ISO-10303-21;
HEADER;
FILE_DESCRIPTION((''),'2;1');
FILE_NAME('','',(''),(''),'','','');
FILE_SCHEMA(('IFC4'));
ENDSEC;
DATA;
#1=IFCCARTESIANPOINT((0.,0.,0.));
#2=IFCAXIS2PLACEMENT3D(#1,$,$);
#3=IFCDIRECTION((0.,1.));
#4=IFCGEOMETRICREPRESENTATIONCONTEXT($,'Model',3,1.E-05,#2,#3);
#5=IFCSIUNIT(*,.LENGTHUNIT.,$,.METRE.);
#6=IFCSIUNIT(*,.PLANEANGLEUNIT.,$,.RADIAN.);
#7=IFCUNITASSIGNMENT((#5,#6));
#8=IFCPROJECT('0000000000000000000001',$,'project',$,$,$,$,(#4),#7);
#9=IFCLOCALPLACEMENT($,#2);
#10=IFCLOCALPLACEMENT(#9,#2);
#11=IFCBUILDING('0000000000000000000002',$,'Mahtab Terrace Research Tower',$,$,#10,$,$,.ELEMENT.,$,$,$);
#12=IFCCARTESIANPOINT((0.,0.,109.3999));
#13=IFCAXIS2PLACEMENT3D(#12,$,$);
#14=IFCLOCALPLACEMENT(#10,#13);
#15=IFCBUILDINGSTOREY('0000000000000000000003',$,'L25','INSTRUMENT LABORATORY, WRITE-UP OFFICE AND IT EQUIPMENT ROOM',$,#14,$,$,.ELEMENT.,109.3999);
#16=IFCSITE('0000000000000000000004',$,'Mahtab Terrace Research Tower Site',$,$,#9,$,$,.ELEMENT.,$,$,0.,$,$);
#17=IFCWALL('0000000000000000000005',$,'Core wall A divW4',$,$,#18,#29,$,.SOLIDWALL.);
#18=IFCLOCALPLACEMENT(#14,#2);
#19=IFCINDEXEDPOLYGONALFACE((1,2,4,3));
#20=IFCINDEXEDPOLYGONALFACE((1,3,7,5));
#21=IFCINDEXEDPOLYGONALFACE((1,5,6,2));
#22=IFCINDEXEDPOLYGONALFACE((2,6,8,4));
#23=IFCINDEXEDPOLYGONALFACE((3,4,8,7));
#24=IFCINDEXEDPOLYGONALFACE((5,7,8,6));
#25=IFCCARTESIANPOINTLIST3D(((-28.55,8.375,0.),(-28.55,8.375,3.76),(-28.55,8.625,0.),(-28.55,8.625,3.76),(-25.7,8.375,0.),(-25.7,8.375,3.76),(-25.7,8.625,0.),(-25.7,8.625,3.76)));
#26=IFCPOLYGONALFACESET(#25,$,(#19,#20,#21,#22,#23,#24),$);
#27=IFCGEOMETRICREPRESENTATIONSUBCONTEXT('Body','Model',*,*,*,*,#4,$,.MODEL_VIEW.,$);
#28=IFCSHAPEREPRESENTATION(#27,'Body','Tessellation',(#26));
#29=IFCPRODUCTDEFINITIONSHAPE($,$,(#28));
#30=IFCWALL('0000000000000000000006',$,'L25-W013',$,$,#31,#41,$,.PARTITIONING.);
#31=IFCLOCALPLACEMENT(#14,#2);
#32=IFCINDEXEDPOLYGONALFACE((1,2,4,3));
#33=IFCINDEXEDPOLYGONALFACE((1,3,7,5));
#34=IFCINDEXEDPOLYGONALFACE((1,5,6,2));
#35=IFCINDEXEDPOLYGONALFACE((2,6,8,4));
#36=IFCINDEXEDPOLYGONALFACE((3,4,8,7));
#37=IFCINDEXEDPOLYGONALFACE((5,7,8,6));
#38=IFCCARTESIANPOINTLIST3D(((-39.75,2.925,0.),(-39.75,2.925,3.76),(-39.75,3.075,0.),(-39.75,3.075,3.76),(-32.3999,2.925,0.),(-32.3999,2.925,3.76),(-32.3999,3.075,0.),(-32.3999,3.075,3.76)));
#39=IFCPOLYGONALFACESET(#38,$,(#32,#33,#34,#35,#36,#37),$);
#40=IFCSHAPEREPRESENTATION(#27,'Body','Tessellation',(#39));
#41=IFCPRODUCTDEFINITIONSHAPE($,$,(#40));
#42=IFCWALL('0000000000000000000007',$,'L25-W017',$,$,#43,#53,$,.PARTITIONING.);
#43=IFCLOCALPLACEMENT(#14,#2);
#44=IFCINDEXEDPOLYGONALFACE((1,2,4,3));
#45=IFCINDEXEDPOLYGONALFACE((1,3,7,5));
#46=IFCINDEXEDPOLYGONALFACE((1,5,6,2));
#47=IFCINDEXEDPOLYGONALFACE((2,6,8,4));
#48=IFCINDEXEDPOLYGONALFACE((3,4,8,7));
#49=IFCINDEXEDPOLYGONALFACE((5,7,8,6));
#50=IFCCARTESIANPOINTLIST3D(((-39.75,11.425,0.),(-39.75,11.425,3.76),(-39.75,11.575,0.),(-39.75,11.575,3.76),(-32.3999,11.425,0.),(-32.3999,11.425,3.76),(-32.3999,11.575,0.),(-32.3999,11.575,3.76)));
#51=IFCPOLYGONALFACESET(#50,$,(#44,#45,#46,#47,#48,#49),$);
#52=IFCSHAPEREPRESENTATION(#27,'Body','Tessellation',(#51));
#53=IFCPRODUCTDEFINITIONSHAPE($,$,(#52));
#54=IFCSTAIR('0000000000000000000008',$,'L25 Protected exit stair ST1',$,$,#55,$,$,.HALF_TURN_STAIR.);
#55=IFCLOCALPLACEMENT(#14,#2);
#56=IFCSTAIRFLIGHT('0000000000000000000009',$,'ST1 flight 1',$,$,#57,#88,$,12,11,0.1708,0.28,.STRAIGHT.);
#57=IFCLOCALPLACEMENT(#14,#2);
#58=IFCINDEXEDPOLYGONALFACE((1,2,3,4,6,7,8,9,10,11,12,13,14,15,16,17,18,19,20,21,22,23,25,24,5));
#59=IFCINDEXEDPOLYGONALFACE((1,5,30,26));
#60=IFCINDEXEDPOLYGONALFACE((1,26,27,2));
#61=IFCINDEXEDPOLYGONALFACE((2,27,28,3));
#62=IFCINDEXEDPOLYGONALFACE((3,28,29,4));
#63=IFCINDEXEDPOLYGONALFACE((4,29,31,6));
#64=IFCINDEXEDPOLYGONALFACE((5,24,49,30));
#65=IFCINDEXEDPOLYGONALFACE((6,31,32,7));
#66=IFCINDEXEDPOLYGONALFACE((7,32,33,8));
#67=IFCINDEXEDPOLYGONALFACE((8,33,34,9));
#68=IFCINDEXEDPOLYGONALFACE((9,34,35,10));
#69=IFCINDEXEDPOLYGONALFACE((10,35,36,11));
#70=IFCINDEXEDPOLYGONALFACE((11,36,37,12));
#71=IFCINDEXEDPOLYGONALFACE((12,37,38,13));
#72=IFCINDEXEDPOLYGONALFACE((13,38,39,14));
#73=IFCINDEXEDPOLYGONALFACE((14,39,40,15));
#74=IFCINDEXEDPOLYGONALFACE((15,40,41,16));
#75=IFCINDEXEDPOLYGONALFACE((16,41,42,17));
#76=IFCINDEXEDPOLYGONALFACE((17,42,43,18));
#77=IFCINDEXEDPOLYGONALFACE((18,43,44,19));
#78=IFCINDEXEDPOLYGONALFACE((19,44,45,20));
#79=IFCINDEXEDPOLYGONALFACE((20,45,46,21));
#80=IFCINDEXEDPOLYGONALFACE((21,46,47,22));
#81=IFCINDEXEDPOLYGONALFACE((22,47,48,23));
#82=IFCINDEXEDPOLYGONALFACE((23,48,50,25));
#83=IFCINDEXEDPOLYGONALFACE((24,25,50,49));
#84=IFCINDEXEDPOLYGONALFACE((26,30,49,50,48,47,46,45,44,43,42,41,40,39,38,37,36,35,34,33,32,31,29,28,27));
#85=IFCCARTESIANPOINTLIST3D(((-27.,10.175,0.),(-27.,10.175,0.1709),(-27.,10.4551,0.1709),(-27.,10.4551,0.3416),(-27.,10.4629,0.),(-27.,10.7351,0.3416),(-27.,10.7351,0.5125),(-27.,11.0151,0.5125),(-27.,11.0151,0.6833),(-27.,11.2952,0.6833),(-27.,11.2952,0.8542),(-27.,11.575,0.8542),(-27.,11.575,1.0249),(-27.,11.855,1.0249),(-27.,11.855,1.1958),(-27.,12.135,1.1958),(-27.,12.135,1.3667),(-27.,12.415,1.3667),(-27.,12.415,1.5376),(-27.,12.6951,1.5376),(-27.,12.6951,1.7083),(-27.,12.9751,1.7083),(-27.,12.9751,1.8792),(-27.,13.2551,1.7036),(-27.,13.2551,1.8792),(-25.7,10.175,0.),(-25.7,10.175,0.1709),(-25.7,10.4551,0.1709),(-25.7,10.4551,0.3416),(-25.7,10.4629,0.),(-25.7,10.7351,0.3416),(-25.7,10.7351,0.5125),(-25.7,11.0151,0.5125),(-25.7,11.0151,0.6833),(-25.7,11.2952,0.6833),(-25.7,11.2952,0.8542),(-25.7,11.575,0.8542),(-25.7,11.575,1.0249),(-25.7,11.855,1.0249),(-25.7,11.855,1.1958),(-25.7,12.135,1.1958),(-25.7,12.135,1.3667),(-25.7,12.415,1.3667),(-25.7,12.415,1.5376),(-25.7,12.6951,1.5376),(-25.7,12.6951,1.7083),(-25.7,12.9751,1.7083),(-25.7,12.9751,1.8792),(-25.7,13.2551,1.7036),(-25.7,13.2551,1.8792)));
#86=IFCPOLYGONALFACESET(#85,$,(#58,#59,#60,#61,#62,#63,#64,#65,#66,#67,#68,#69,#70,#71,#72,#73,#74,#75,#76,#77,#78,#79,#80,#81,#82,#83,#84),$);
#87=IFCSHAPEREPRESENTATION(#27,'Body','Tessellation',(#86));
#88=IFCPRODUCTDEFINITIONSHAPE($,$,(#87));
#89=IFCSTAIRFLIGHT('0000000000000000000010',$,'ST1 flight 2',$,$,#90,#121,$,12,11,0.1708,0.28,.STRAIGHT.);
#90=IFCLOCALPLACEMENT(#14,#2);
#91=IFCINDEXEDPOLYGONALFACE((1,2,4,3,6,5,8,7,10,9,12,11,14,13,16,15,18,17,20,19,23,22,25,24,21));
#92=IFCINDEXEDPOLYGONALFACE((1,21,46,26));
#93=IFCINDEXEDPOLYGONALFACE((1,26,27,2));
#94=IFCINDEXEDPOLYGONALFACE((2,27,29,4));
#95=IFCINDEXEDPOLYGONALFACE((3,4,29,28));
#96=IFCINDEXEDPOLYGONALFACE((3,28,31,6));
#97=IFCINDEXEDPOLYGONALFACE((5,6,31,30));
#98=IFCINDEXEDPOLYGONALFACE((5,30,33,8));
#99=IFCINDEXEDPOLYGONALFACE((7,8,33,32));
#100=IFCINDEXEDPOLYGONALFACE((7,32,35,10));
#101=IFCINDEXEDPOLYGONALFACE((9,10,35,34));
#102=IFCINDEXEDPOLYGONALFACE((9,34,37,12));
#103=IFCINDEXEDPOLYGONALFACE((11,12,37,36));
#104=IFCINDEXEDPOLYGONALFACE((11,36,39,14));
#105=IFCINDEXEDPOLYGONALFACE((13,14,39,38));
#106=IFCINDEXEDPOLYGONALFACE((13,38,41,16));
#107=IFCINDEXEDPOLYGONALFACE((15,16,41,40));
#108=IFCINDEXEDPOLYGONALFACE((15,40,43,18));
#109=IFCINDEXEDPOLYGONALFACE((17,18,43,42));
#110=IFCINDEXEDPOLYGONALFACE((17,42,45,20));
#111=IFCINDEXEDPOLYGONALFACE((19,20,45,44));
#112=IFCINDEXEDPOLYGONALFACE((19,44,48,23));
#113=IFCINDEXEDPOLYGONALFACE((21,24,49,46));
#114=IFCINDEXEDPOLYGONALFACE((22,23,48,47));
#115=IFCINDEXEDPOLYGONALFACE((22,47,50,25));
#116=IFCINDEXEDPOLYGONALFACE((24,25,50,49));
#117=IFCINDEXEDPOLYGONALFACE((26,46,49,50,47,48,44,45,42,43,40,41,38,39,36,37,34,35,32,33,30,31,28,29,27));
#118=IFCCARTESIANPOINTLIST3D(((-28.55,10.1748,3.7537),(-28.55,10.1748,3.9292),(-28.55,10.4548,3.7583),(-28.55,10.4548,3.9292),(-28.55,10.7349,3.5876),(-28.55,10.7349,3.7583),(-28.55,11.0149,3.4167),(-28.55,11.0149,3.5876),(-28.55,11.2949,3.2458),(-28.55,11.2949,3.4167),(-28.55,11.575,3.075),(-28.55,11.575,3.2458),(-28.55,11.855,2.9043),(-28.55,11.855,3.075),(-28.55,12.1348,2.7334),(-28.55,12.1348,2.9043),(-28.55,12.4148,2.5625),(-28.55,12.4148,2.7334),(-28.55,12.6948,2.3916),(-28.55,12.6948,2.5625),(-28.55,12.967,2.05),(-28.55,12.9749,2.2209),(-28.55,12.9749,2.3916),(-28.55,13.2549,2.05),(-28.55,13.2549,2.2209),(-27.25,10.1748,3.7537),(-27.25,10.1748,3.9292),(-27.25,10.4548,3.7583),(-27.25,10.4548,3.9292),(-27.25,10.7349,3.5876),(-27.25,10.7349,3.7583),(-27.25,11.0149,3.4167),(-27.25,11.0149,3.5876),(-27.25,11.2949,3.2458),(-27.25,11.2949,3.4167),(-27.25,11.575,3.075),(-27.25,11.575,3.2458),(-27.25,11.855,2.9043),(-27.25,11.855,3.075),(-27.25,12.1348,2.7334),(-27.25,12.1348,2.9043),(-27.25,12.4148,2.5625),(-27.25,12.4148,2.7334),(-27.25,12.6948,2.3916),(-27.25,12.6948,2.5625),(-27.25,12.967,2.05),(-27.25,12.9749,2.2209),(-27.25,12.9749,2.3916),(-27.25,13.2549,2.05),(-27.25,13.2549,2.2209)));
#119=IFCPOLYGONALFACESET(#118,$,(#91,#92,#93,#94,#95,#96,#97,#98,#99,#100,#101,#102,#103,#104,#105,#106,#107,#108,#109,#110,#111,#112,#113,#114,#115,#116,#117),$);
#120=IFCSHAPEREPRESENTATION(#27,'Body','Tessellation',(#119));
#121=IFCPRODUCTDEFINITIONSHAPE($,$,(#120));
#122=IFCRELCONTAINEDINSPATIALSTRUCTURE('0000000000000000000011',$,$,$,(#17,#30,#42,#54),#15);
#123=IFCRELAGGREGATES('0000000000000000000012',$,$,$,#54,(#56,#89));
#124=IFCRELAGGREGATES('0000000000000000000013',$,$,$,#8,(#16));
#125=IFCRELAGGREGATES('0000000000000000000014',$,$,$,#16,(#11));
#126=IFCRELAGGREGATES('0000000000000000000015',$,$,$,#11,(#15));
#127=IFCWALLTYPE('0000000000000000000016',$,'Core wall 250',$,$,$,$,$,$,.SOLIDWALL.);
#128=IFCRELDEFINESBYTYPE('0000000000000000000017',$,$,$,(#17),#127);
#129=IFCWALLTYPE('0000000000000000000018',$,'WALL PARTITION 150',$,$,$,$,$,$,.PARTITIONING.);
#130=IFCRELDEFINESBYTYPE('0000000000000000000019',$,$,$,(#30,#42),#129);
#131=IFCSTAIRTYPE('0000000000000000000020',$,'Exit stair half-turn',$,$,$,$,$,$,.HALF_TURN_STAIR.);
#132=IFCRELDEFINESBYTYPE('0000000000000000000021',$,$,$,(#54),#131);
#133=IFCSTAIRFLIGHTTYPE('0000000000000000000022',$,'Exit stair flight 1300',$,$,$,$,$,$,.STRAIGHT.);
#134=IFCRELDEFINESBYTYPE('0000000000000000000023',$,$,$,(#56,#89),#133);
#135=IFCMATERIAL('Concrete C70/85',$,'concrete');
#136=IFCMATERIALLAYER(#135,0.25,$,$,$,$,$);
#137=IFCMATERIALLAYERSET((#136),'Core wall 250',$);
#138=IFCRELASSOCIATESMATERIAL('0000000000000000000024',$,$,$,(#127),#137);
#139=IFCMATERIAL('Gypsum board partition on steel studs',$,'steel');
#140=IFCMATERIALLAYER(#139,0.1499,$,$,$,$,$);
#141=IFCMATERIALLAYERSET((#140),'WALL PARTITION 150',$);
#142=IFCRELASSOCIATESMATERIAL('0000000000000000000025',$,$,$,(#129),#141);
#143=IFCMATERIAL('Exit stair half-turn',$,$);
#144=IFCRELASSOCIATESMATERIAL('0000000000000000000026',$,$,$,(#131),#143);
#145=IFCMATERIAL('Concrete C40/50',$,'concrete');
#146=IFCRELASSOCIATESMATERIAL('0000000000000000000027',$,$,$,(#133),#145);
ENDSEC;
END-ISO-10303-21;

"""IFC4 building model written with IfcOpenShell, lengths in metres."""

from ifc_helpers import new_model, si_unit, direction, frame, frame_2d, origin, place, context, subcontext, project, spatial, polyline, rectangle, outline, extrude, material, layer, layer_set, type_object, element, aggregate, save


model = new_model("IFC4")

# Units and contexts
model_context = context("Model", 3, precision=1e-05, world=origin(), true_north=direction((0.0, 1.0)))
body_context = subcontext(model_context, "Body", "Model", "MODEL_VIEW")
ifc_project = project(units=[si_unit("LENGTHUNIT", "METRE"), si_unit("PLANEANGLEUNIT", "RADIAN")], contexts=[model_context])

# Site, building, storey
site_placement = place(None, origin())
site = spatial("IfcSite", under=ifc_project, at=site_placement, Name="Mahtab Terrace Research Tower Site", CompositionType="ELEMENT", RefElevation=0.0)
building_placement = place(site_placement, origin())
building = spatial("IfcBuilding", under=site, at=building_placement, Name="Mahtab Terrace Research Tower", CompositionType="ELEMENT")
storey_placement = place(building_placement, frame((0.0, 0.0, 109.3999)))
storey = spatial("IfcBuildingStorey", under=building, at=storey_placement, Name="L25", Description="INSTRUMENT LABORATORY, WRITE-UP OFFICE AND IT EQUIPMENT ROOM", CompositionType="ELEMENT", Elevation=109.3999)

# Shared definitions
ifc_material_1 = material(Name="Concrete C70/85", Category="concrete")

# Walls
ifc_layer_1 = layer(ifc_material_1, 0.25)
ifc_layer_set_1 = layer_set([ifc_layer_1], Name="Core wall 250")
wall_type_1 = type_object("IfcWallType", Name="Core wall 250", PredefinedType="SOLIDWALL", material=ifc_layer_set_1)
for number, where, z_axis, x_axis, name in (
    (1, (-28.55, 8.5, 0.0), (0.0, 0.0, 1.0), (1.0, 0.0, 0.0), "Core wall A divW4"),
):
    element("IfcWall", number, at=place(storey_placement, frame(where, z_axis=z_axis, x_axis=x_axis)), inside=storey, type_object=wall_type_1, Name=name, PredefinedType="SOLIDWALL", context=body_context, shape_type="SweptSolid", body=[
        extrude(rectangle(XDim=2.8501, YDim=0.25, at=frame_2d((1.425, 0.0))), origin(), (0.0, 0.0, 1.0), 3.76),
    ])
ifc_material_2 = material(Name="Gypsum board partition on steel studs", Category="steel")
ifc_layer_2 = layer(ifc_material_2, 0.1499)
ifc_layer_set_2 = layer_set([ifc_layer_2], Name="WALL PARTITION 150")
wall_type_2 = type_object("IfcWallType", Name="WALL PARTITION 150", PredefinedType="PARTITIONING", material=ifc_layer_set_2)
for number, where, z_axis, x_axis, name in (
    (2, (-39.75, 3.0, 0.0), (0.0, 0.0, 1.0), (1.0, 0.0, 0.0), "L25-W013"),
    (3, (-39.75, 11.5, 0.0), (0.0, 0.0, 1.0), (1.0, 0.0, 0.0), "L25-W017"),
):
    element("IfcWall", number, at=place(storey_placement, frame(where, z_axis=z_axis, x_axis=x_axis)), inside=storey, type_object=wall_type_2, Name=name, PredefinedType="PARTITIONING", context=body_context, shape_type="SweptSolid", body=[
        extrude(rectangle(XDim=7.3501, YDim=0.1499, at=frame_2d((3.675, 0.0))), origin(), (0.0, 0.0, 1.0), 3.76),
    ])

# Stair, stair flights
ifc_material_3 = material(Name="Exit stair half-turn")
stair_type = type_object("IfcStairType", Name="Exit stair half-turn", PredefinedType="HALF_TURN_STAIR", material=ifc_material_3)
stair_placement = place(storey_placement, origin())
stair = element("IfcStair", 4, at=stair_placement, inside=storey, type_object=stair_type, Name="L25 Protected exit stair ST1", PredefinedType="HALF_TURN_STAIR")
ifc_material_4 = material(Name="Concrete C40/50", Category="concrete")
stair_flight_type = type_object("IfcStairFlightType", Name="Exit stair flight 1300", PredefinedType="STRAIGHT", material=ifc_material_4)
stair_flight_1_placement = place(storey_placement, frame((-26.3501, 10.175, 0.0), z_axis=(0.0, 0.0, 1.0), x_axis=(0.0, 1.0, 0.0)))
stair_flight_1 = element("IfcStairFlight", 5, at=stair_flight_1_placement, type_object=stair_flight_type, Name="ST1 flight 1", NumberOfRisers=12, NumberOfTreads=11, PredefinedType="STRAIGHT", RiserHeight=0.1708, TreadLength=0.28, context=body_context, shape_type="SweptSolid", body=[
    extrude(outline(polyline([(0.0, 0.0), (0.0, 0.1709), (0.28, 0.1709), (0.28, 0.3416), (0.5601, 0.3416), (0.5601, 0.5125), (0.8401, 0.5125), (0.8401, 0.6833), (1.1201, 0.6833), (1.1201, 0.8542), (1.3999, 0.8542), (1.3999, 1.0249), (1.6799, 1.0249), (1.6799, 1.1958), (1.96, 1.1958), (1.96, 1.3667), (2.24, 1.3667), (2.24, 1.5376), (2.52, 1.5376), (2.52, 1.7083), (2.8, 1.7083), (2.8, 1.8792), (3.0801, 1.8792), (3.0801, 2.05), (3.0801, 1.7036), (0.2878, 0.0), (0.0, 0.0)])), frame((0.0, 0.6499, 0.0), z_axis=(0.0, -1.0, 0.0), x_axis=(1.0, 0.0, 0.0)), (0.0, 0.0, 1.0), 1.3),
])
stair_flight_2_placement = place(storey_placement, frame((-27.8999, 13.2549, 2.05), z_axis=(0.0, 0.0, 1.0), x_axis=(0.0, -1.0, 0.0)))
stair_flight_2 = element("IfcStairFlight", 6, at=stair_flight_2_placement, type_object=stair_flight_type, Name="ST1 flight 2", NumberOfRisers=12, NumberOfTreads=11, PredefinedType="STRAIGHT", RiserHeight=0.1708, TreadLength=0.28, context=body_context, shape_type="SweptSolid", body=[
    extrude(outline(polyline([(0.0, 0.0), (0.0, 0.1709), (0.28, 0.1709), (0.28, 0.3416), (0.5601, 0.3416), (0.5601, 0.5125), (0.8401, 0.5125), (0.8401, 0.6833), (1.1201, 0.6833), (1.1201, 0.8542), (1.3999, 0.8542), (1.3999, 1.0249), (1.6799, 1.0249), (1.6799, 1.1958), (1.96, 1.1958), (1.96, 1.3667), (2.24, 1.3667), (2.24, 1.5376), (2.52, 1.5376), (2.52, 1.7083), (2.8, 1.7083), (2.8, 1.8792), (3.0801, 1.8792), (3.0801, 2.05), (3.0801, 1.7036), (0.2878, 0.0), (0.0, 0.0)])), frame((0.0, 0.6499, 0.0), z_axis=(0.0, -1.0, 0.0), x_axis=(1.0, 0.0, 0.0)), (0.0, 0.0, 1.0), 1.3),
])
aggregate(stair, [stair_flight_1, stair_flight_2])

save(model, "model.ifc")
